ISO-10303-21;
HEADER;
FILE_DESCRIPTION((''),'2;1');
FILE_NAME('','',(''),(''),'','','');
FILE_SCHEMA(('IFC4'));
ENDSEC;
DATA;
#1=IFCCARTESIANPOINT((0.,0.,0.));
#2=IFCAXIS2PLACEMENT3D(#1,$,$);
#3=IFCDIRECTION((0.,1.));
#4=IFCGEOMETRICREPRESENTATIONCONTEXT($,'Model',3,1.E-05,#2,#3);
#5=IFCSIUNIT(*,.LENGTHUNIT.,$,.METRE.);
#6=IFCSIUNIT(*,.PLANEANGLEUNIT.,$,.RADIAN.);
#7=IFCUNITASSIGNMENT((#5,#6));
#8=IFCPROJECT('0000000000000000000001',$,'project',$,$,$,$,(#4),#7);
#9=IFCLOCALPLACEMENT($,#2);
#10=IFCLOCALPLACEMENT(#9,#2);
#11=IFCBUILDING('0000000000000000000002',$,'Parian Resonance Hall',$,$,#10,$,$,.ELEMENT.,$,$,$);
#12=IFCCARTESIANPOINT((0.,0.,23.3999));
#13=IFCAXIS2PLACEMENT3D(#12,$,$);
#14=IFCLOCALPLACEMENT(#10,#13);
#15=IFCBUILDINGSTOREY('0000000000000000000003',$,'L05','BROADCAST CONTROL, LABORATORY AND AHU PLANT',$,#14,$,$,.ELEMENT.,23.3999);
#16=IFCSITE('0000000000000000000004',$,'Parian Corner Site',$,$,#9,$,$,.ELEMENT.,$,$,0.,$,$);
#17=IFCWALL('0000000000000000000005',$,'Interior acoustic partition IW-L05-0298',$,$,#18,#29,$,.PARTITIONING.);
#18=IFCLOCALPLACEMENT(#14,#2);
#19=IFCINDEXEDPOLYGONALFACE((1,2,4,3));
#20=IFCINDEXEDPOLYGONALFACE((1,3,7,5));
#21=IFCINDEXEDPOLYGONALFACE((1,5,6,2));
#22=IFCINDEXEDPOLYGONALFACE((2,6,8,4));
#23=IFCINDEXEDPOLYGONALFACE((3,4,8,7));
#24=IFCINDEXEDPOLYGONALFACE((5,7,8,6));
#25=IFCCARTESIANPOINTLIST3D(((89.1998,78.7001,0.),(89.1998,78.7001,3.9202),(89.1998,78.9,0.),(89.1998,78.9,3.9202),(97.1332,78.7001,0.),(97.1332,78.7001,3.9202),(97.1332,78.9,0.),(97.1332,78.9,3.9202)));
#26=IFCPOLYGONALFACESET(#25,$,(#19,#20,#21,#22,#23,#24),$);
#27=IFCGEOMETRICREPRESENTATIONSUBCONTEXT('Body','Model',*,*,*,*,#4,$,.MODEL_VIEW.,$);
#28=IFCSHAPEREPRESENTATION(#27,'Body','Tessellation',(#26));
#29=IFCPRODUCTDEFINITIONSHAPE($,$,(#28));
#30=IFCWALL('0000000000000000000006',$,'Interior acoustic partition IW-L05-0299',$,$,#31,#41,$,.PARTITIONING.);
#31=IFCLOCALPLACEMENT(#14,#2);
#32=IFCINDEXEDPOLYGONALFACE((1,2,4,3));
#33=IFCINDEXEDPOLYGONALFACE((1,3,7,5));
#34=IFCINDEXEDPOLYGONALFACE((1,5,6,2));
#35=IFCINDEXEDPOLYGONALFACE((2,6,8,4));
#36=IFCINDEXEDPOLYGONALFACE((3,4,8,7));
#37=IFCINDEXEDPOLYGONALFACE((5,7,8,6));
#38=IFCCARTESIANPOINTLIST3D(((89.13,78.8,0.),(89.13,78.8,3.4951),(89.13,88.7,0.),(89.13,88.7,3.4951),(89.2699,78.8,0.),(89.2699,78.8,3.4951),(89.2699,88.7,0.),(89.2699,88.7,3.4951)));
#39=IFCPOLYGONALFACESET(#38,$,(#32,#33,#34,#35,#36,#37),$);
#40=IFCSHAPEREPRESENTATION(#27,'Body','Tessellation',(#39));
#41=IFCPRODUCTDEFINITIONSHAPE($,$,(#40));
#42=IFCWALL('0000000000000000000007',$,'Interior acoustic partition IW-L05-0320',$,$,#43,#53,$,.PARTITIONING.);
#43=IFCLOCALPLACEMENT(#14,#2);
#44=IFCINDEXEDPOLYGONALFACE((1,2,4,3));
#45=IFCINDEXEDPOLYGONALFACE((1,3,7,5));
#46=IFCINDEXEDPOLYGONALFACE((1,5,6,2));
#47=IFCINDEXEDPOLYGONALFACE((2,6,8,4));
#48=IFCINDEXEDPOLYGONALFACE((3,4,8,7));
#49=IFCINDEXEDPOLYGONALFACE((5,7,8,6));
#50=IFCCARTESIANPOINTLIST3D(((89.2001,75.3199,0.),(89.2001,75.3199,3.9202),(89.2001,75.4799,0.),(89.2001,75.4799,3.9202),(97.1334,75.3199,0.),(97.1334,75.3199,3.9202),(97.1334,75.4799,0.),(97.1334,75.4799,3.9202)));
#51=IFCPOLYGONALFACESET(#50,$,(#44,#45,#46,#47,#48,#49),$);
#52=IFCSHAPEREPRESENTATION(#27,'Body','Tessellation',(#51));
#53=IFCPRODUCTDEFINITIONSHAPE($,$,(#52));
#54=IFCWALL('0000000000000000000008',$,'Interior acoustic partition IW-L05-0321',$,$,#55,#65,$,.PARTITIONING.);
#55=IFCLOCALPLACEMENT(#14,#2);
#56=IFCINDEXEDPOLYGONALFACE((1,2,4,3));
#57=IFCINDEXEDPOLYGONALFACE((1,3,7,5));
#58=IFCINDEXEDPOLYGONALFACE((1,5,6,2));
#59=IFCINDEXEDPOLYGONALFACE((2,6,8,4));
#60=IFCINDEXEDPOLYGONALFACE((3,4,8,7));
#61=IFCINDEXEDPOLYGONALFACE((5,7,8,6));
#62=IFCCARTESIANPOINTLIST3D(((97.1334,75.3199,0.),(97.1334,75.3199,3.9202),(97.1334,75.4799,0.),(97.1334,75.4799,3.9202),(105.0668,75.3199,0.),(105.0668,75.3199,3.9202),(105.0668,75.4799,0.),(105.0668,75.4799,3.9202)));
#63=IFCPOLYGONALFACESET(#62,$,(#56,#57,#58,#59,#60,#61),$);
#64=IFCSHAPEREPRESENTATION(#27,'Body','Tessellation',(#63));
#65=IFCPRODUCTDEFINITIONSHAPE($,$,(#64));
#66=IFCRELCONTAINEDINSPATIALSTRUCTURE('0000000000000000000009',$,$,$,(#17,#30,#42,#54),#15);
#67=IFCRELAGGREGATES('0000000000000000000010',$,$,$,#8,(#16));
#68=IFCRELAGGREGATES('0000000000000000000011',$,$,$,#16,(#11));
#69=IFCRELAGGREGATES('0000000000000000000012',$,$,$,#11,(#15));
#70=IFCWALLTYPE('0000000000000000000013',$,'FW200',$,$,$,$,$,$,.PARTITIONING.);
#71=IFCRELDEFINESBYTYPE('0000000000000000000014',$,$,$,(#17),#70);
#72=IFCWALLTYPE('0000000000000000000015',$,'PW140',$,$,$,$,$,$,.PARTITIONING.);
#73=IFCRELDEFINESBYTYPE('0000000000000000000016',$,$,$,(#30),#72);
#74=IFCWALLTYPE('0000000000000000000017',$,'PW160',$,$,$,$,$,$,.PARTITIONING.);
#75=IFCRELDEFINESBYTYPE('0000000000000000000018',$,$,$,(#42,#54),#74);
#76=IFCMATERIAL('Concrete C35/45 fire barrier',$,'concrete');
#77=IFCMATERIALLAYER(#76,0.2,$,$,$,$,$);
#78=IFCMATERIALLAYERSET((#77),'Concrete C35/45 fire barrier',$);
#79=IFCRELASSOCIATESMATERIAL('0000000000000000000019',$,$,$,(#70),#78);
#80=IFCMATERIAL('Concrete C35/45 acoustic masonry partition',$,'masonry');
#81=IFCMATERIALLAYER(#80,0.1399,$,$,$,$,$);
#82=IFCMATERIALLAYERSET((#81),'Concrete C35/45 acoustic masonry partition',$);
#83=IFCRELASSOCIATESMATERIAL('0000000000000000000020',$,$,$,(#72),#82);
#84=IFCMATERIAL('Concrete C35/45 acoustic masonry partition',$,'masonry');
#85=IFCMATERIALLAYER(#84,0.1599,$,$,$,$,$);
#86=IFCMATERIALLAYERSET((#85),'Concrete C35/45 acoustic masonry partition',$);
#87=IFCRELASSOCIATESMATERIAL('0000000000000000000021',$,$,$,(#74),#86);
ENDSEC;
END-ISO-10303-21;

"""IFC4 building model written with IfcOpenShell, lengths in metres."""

from ifc_helpers import new_model, si_unit, direction, frame, frame_2d, origin, place, context, subcontext, project, spatial, rectangle, extrude, material, layer, layer_set, type_object, element, save


model = new_model("IFC4")

# Units and contexts
model_context = context("Model", 3, precision=1e-05, world=origin(), true_north=direction((0.0, 1.0)))
body_context = subcontext(model_context, "Body", "Model", "MODEL_VIEW")
ifc_project = project(units=[si_unit("LENGTHUNIT", "METRE"), si_unit("PLANEANGLEUNIT", "RADIAN")], contexts=[model_context])

# Site, building, storey
site_placement = place(None, origin())
site = spatial("IfcSite", under=ifc_project, at=site_placement, Name="Parian Corner Site", CompositionType="ELEMENT", RefElevation=0.0)
building_placement = place(site_placement, origin())
building = spatial("IfcBuilding", under=site, at=building_placement, Name="Parian Resonance Hall", CompositionType="ELEMENT")
storey_placement = place(building_placement, frame((0.0, 0.0, 23.3999)))
storey = spatial("IfcBuildingStorey", under=building, at=storey_placement, Name="L05", Description="BROADCAST CONTROL, LABORATORY AND AHU PLANT", CompositionType="ELEMENT", Elevation=23.3999)

# Walls
ifc_material_1 = material(Name="Concrete C35/45 fire barrier", Category="concrete")
ifc_layer_1 = layer(ifc_material_1, 0.2)
ifc_layer_set_1 = layer_set([ifc_layer_1], Name="Concrete C35/45 fire barrier")
wall_type_1 = type_object("IfcWallType", Name="FW200", PredefinedType="PARTITIONING", material=ifc_layer_set_1)
wall_1_placement = place(storey_placement, frame((97.1333, 78.8, 0.0), z_axis=(0.0, 0.0, 1.0), x_axis=(-1.0, 0.0, 0.0)))
element("IfcWall", 1, at=wall_1_placement, inside=storey, type_object=wall_type_1, Name="Interior acoustic partition IW-L05-0298", PredefinedType="PARTITIONING", context=body_context, shape_type="SweptSolid", body=[
    extrude(rectangle(XDim=7.9333, YDim=0.2, at=frame_2d((3.9668, 0.0))), origin(), (0.0, 0.0, 1.0), 3.9202),
])
ifc_material_2 = material(Name="Concrete C35/45 acoustic masonry partition", Category="masonry")
ifc_layer_2 = layer(ifc_material_2, 0.1399)
ifc_layer_set_2 = layer_set([ifc_layer_2], Name="Concrete C35/45 acoustic masonry partition")
wall_type_2 = type_object("IfcWallType", Name="PW140", PredefinedType="PARTITIONING", material=ifc_layer_set_2)
wall_2_placement = place(storey_placement, frame((89.2, 78.8, 0.0), z_axis=(0.0, 0.0, 1.0), x_axis=(0.0, 1.0, 0.0)))
element("IfcWall", 2, at=wall_2_placement, inside=storey, type_object=wall_type_2, Name="Interior acoustic partition IW-L05-0299", PredefinedType="PARTITIONING", context=body_context, shape_type="SweptSolid", body=[
    extrude(rectangle(XDim=9.8999, YDim=0.1399, at=frame_2d((4.95, 0.0))), origin(), (0.0, 0.0, 1.0), 3.4951),
])
ifc_material_3 = material(Name="Concrete C35/45 acoustic masonry partition", Category="masonry")
ifc_layer_3 = layer(ifc_material_3, 0.1599)
ifc_layer_set_3 = layer_set([ifc_layer_3], Name="Concrete C35/45 acoustic masonry partition")
wall_type_3 = type_object("IfcWallType", Name="PW160", PredefinedType="PARTITIONING", material=ifc_layer_set_3)
for number, where, z_axis, x_axis, name in (
    (3, (89.2, 75.3999, 0.0), (0.0, 0.0, 1.0), (1.0, 0.0, 0.0), "Interior acoustic partition IW-L05-0320"),
    (4, (97.1333, 75.3999, 0.0), (0.0, 0.0, 1.0), (1.0, 0.0, 0.0), "Interior acoustic partition IW-L05-0321"),
):
    element("IfcWall", number, at=place(storey_placement, frame(where, z_axis=z_axis, x_axis=x_axis)), inside=storey, type_object=wall_type_3, Name=name, PredefinedType="PARTITIONING", context=body_context, shape_type="SweptSolid", body=[
        extrude(rectangle(XDim=7.9333, YDim=0.1599, at=frame_2d((3.9668, 0.0))), origin(), (0.0, 0.0, 1.0), 3.9202),
    ])

save(model, "model.ifc")
